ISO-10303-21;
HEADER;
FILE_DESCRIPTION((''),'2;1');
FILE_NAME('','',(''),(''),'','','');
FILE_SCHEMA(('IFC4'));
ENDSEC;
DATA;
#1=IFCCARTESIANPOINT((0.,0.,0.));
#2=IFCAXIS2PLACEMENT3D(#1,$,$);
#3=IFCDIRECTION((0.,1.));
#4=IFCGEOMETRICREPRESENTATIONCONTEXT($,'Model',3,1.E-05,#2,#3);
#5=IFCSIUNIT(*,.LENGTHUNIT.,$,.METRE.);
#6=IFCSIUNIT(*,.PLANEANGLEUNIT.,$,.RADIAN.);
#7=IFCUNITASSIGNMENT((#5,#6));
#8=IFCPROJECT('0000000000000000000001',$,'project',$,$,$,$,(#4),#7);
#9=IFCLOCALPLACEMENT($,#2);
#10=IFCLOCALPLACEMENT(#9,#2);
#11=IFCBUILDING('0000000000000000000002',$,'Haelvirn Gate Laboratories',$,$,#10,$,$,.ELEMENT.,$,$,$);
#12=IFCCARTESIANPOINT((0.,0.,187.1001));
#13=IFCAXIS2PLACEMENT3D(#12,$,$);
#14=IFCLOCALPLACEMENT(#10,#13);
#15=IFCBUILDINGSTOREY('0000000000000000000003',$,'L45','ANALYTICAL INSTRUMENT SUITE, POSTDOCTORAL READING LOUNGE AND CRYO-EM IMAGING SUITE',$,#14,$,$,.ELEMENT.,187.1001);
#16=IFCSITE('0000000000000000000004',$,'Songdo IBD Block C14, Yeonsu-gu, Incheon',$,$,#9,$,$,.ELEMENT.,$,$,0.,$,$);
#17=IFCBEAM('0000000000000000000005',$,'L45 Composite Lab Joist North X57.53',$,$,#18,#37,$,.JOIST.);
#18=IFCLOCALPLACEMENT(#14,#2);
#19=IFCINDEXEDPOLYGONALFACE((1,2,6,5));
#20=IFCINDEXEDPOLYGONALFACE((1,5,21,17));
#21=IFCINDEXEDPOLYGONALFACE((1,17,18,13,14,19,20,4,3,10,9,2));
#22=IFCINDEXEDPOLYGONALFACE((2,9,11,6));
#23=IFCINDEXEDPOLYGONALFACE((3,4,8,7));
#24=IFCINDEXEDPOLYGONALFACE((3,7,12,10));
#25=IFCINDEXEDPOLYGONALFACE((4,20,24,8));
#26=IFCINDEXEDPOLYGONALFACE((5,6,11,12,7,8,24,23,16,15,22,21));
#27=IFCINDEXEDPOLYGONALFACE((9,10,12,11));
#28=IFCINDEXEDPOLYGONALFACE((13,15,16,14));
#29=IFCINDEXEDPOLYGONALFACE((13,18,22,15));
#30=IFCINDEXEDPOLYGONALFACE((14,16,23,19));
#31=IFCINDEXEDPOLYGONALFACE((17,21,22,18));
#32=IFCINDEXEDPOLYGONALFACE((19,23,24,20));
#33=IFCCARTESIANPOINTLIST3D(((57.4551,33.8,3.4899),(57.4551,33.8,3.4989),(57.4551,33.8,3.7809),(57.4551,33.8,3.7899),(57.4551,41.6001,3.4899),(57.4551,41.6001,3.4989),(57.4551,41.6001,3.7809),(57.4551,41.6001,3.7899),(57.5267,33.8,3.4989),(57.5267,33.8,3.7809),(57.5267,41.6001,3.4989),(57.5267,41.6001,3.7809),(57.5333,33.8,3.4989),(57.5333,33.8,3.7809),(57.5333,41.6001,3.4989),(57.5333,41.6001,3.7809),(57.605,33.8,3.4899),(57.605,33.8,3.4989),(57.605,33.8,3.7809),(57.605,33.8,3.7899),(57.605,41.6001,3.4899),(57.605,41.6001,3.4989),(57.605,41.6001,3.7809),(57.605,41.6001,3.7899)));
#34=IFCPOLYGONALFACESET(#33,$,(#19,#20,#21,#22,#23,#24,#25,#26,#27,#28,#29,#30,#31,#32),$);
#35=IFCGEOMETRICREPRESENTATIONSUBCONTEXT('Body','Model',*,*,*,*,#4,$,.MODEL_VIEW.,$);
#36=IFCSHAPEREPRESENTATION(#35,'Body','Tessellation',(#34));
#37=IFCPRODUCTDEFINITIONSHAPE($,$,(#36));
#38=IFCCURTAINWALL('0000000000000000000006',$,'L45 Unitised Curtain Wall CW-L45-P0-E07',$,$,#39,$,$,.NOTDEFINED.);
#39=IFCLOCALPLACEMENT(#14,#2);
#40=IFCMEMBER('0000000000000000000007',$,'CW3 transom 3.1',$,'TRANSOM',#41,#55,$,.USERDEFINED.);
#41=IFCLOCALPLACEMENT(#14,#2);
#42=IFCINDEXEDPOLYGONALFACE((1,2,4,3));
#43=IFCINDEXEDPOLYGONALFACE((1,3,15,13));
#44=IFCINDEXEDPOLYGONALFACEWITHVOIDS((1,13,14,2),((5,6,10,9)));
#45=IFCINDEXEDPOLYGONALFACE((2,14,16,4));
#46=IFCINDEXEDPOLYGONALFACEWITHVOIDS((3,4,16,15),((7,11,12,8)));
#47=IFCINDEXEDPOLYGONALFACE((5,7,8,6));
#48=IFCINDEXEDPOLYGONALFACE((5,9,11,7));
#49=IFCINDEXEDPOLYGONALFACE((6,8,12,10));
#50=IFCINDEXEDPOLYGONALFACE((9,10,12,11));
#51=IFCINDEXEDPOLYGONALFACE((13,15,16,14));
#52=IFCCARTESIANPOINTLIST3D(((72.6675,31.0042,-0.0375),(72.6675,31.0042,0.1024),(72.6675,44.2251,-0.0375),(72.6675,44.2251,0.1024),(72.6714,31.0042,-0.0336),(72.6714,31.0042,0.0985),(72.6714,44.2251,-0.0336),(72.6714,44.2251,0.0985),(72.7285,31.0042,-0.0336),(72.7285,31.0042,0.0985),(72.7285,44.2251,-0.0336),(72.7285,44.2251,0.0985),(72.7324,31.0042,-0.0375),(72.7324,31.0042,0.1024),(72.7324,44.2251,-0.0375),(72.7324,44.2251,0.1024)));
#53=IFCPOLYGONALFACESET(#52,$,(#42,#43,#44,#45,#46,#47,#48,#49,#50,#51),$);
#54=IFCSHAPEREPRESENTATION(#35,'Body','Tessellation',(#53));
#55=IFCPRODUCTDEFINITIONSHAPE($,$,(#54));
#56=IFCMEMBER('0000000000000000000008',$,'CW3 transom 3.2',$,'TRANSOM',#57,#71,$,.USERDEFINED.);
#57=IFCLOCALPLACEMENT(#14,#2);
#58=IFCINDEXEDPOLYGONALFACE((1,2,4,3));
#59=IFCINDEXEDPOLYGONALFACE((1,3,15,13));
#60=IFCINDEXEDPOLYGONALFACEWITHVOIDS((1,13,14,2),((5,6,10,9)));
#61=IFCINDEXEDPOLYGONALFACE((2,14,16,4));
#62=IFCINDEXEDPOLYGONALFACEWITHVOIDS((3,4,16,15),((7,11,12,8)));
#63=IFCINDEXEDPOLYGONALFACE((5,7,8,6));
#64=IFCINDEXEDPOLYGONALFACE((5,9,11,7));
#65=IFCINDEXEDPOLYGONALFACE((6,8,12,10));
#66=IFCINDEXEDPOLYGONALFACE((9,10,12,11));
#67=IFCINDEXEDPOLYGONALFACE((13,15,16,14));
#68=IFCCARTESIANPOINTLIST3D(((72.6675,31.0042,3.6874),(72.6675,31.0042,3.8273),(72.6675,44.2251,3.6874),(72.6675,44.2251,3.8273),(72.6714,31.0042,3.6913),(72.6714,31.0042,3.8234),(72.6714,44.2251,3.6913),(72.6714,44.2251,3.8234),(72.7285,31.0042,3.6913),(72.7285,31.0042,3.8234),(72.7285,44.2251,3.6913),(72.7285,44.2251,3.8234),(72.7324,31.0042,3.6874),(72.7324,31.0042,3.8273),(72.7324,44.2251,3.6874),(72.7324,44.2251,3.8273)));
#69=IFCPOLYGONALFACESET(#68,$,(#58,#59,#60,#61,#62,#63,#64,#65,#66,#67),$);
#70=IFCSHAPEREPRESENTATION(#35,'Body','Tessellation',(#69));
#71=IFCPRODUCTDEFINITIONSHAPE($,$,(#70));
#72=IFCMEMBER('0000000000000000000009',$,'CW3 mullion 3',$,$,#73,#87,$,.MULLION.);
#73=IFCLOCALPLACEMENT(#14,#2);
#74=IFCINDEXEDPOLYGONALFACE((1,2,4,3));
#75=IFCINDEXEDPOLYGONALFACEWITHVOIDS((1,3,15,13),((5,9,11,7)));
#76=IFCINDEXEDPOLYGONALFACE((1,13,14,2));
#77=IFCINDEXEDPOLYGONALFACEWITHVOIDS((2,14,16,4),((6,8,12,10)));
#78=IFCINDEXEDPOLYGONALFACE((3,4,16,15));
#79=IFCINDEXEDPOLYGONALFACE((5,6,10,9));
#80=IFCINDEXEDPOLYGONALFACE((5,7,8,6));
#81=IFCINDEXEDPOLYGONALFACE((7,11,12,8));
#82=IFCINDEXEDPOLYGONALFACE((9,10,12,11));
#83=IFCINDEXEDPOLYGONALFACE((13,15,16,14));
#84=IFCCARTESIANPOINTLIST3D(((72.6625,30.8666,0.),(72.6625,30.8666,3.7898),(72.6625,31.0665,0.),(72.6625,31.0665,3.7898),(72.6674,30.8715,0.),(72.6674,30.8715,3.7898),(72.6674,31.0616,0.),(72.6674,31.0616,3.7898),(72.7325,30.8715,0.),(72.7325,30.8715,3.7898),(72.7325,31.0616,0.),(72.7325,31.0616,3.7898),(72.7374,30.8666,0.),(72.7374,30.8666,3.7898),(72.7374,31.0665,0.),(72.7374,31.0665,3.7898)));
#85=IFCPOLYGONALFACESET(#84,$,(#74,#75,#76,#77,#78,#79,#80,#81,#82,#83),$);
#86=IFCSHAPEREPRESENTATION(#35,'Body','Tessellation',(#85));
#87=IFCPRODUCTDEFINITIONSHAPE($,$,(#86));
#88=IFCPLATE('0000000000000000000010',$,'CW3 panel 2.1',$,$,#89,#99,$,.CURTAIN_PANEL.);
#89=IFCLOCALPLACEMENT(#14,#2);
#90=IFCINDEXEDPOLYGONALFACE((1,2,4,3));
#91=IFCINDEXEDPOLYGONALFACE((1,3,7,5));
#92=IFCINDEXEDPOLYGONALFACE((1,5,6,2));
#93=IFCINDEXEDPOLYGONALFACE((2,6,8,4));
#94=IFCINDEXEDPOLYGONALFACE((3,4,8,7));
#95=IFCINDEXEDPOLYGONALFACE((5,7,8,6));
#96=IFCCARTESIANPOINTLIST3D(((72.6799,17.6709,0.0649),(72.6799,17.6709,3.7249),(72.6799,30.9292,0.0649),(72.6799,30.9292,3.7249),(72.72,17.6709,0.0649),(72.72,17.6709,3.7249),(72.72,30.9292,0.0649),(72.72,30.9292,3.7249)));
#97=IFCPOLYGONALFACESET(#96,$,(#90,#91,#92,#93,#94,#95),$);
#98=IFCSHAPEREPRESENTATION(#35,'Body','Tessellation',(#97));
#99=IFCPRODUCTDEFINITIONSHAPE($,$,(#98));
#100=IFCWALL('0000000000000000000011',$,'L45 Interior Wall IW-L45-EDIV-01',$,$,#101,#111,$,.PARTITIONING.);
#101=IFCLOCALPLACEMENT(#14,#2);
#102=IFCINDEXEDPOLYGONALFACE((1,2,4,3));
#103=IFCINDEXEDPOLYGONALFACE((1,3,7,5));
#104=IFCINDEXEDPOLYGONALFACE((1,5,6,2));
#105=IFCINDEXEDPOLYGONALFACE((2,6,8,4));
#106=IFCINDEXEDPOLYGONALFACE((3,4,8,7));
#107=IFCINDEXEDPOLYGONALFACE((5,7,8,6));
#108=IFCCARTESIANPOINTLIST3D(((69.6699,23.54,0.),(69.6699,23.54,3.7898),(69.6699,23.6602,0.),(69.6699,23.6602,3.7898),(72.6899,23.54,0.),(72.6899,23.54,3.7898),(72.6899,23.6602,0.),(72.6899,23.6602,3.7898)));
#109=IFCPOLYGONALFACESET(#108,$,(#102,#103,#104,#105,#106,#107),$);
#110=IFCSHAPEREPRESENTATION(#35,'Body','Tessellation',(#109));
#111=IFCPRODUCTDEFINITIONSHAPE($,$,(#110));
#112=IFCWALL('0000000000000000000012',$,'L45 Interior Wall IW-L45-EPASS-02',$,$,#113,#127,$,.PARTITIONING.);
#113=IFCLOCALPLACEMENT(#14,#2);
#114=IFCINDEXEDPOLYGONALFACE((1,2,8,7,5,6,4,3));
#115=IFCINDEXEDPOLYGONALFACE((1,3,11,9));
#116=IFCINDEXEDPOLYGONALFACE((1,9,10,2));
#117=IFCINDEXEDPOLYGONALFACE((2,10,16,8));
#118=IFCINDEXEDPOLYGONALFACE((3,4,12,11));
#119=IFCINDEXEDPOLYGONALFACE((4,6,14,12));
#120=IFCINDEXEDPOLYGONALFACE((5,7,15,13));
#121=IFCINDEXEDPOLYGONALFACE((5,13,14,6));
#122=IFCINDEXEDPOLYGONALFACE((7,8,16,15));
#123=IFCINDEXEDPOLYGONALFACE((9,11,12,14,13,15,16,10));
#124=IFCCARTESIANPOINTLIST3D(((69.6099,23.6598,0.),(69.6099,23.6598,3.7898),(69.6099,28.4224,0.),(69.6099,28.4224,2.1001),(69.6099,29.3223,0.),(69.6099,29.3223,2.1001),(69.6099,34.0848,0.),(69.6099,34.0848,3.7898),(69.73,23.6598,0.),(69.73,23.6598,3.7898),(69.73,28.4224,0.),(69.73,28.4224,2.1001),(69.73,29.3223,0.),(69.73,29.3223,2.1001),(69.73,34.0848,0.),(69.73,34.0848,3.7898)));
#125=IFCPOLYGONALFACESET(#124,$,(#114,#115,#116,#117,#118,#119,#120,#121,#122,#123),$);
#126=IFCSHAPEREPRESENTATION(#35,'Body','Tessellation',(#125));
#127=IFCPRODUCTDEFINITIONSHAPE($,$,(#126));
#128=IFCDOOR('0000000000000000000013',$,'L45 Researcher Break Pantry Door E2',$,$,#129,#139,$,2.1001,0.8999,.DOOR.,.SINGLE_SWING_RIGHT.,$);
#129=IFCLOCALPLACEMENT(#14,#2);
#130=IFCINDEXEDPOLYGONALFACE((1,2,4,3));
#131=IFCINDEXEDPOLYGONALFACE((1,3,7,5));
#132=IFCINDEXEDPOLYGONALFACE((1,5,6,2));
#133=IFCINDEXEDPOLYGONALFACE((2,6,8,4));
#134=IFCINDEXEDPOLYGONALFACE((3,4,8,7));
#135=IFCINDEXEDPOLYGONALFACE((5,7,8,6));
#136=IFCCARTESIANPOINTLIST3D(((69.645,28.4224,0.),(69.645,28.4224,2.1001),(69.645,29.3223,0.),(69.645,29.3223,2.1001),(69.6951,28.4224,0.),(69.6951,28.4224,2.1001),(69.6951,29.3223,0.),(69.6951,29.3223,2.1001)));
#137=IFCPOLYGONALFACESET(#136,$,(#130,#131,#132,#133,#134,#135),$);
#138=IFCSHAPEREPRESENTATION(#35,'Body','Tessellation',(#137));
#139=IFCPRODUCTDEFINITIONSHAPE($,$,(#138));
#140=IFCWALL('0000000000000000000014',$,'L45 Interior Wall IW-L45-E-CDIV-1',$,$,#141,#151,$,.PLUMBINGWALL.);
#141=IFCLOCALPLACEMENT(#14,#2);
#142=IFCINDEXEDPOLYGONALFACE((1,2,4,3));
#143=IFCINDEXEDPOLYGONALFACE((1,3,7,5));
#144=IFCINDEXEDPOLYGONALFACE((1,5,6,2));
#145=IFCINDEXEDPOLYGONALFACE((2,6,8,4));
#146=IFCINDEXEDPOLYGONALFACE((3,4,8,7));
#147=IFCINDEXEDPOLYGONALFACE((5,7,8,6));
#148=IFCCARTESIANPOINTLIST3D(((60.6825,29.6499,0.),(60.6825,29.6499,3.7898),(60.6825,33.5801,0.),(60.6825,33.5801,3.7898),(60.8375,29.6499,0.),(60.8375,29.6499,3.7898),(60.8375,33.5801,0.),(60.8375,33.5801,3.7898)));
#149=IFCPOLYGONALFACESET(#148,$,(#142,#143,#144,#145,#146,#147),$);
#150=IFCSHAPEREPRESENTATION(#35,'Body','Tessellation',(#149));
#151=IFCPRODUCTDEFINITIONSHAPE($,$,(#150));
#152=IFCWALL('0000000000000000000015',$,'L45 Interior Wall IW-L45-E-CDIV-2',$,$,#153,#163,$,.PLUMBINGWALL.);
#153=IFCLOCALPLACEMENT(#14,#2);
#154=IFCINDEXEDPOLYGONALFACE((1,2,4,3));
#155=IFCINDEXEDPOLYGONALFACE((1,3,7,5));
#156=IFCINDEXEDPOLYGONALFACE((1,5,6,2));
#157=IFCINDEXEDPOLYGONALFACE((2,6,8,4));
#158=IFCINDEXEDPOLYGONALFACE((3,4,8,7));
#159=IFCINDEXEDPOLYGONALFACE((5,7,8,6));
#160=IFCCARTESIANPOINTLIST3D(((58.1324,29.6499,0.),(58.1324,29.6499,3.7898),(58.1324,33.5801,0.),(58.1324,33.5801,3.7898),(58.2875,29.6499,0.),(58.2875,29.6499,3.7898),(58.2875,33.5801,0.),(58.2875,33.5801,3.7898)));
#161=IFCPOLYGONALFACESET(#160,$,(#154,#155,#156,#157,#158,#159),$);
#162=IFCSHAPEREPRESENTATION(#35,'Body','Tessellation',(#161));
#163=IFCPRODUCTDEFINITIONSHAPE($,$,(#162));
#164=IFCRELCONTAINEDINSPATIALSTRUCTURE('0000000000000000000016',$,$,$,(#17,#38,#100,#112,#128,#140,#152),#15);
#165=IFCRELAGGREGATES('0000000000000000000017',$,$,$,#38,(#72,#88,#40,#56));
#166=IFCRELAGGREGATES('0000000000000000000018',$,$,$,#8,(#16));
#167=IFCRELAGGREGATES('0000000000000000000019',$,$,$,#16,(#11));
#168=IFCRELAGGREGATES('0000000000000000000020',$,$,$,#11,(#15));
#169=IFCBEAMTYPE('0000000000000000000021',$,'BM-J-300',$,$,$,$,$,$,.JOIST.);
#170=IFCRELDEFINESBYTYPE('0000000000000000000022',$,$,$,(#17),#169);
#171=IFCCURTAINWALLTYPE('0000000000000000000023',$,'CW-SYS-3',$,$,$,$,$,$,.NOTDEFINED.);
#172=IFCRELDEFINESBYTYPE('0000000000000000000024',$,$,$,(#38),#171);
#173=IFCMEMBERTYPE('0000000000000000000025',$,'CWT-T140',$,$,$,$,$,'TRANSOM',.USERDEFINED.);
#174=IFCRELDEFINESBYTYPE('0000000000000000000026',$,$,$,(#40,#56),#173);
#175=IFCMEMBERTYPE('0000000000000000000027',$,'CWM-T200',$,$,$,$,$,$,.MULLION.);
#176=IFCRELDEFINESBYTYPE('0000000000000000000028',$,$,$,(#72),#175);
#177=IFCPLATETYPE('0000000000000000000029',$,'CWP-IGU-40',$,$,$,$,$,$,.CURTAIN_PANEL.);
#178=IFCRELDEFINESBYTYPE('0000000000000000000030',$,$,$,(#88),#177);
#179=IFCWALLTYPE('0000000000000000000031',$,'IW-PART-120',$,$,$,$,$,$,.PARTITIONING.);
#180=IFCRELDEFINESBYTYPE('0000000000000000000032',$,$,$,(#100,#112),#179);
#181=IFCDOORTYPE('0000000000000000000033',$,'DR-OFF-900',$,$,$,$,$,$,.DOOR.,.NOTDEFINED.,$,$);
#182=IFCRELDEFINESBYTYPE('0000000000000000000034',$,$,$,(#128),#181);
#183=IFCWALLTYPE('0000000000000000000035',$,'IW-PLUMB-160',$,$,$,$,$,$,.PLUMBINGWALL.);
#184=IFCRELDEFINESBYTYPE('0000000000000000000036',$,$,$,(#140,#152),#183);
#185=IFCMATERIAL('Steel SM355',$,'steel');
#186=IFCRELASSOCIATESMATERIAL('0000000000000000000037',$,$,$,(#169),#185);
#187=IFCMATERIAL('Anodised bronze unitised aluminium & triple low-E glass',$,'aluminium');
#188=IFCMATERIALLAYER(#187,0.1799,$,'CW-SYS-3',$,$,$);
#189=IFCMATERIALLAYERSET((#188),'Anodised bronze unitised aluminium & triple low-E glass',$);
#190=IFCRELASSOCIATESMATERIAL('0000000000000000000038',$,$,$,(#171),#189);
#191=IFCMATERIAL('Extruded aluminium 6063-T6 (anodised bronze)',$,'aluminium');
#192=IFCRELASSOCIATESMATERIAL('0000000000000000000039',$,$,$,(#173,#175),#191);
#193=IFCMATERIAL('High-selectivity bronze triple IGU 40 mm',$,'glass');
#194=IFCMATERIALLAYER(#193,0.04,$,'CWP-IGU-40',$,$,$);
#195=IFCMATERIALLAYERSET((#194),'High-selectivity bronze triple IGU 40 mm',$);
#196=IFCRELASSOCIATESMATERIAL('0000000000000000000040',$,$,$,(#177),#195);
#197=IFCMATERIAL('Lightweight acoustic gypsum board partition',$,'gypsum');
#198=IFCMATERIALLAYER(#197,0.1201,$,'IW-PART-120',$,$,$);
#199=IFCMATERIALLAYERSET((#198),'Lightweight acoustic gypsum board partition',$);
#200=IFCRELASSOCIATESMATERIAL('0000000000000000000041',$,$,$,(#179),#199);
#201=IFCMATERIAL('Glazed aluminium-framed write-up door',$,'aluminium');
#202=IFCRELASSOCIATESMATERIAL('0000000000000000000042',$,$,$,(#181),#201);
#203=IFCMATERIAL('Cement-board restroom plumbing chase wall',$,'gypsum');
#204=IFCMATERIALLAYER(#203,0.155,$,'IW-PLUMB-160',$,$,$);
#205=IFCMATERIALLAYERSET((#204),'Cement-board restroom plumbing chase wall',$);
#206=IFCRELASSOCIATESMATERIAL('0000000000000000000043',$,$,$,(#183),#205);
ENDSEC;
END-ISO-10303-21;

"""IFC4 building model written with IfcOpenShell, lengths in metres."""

from ifc_helpers import new_model, si_unit, direction, frame, frame_2d, origin, origin_2d, place, context, subcontext, project, spatial, rectangle, hollow_rectangle, i_section, extrude, source, transform, mapped, material, layer, layer_set, material_profile, profile_set, type_object, type_shapes, element, fill, aggregate, save


model = new_model("IFC4")

# Units and contexts
model_context = context("Model", 3, precision=1e-05, world=origin(), true_north=direction((0.0, 1.0)))
body_context = subcontext(model_context, "Body", "Model", "MODEL_VIEW")
ifc_project = project(units=[si_unit("LENGTHUNIT", "METRE"), si_unit("PLANEANGLEUNIT", "RADIAN")], contexts=[model_context])

# Site, building, storey
site_placement = place(None, origin())
site = spatial("IfcSite", under=ifc_project, at=site_placement, Name="Songdo IBD Block C14, Yeonsu-gu, Incheon", CompositionType="ELEMENT", RefElevation=0.0)
building_placement = place(site_placement, origin())
building = spatial("IfcBuilding", under=site, at=building_placement, Name="Haelvirn Gate Laboratories", CompositionType="ELEMENT")
storey_placement = place(building_placement, frame((0.0, 0.0, 187.1001)))
storey = spatial("IfcBuildingStorey", under=building, at=storey_placement, Name="L45", Description="ANALYTICAL INSTRUMENT SUITE, POSTDOCTORAL READING LOUNGE AND CRYO-EM IMAGING SUITE", CompositionType="ELEMENT", Elevation=187.1001)

# Beam
ifc_material_1 = material(Name="Steel SM355", Category="steel")
ifc_material_profile_1 = material_profile(ifc_material_1, i_section(OverallWidth=0.1499, OverallDepth=0.3, WebThickness=0.0066, FlangeThickness=0.009, at=origin_2d()), Name="H-300x150x6.5x9")
ifc_profile_set_1 = profile_set([ifc_material_profile_1], Name="Steel SM355")
beam_type = type_object("IfcBeamType", Name="BM-J-300", PredefinedType="JOIST", material=ifc_profile_set_1)
shared_shape_1 = source(origin(), body_context, "Body", "SweptSolid", [
    extrude(i_section(OverallWidth=0.1499, OverallDepth=0.3, WebThickness=0.0066, FlangeThickness=0.009, at=origin_2d()), origin(), (0.0, 0.0, 1.0), 7.8),
])
type_shapes(beam_type, [shared_shape_1])
beam_placement = place(storey_placement, frame((57.53, 33.8, 3.6399), z_axis=(0.0, 1.0, 0.0), x_axis=(-1.0, 0.0, 0.0)))
element("IfcBeam", 1, at=beam_placement, inside=storey, type_object=beam_type, Name="L45 Composite Lab Joist North X57.53", PredefinedType="JOIST", context=body_context, shape_type="MappedRepresentation", body=[
    mapped(shared_shape_1, transform((0.0, 0.0, 0.0), scale=1.0)),
])

# Curtain wall, members, plate
ifc_material_2 = material(Name="Anodised bronze unitised aluminium & triple low-E glass", Category="aluminium")
ifc_layer_1 = layer(ifc_material_2, 0.1799, Name="CW-SYS-3")
ifc_layer_set_1 = layer_set([ifc_layer_1], Name="Anodised bronze unitised aluminium & triple low-E glass")
curtain_wall_type = type_object("IfcCurtainWallType", Name="CW-SYS-3", PredefinedType="NOTDEFINED", material=ifc_layer_set_1)
curtain_wall_placement = place(storey_placement, origin())
curtain_wall = element("IfcCurtainWall", 2, at=curtain_wall_placement, inside=storey, type_object=curtain_wall_type, Name="L45 Unitised Curtain Wall CW-L45-P0-E07", PredefinedType="NOTDEFINED")
ifc_material_3 = material(Name="Extruded aluminium 6063-T6 (anodised bronze)", Category="aluminium")
ifc_material_profile_2 = material_profile(ifc_material_3, hollow_rectangle(XDim=0.0649, YDim=0.1399, WallThickness=0.0039, at=origin_2d()), Name="CWT-140x65x4")
ifc_profile_set_2 = profile_set([ifc_material_profile_2], Name="Extruded aluminium 6063-T6 (anodised bronze)")
member_type_1 = type_object("IfcMemberType", Name="CWT-T140", ElementType="TRANSOM", PredefinedType="USERDEFINED", material=ifc_profile_set_2)
shared_shape_2 = source(origin(), body_context, "Body", "SweptSolid", [
    extrude(hollow_rectangle(XDim=0.0649, YDim=0.1399, WallThickness=0.0039, at=origin_2d()), origin(), (0.0, 0.0, 1.0), 13.2209),
])
type_shapes(member_type_1, [shared_shape_2])
member_1_placement = place(storey_placement, frame((72.7, 31.0042, 0.0325), z_axis=(0.0, 1.0, 0.0), x_axis=(-1.0, 0.0, 0.0)))
member_1 = element("IfcMember", 3, at=member_1_placement, type_object=member_type_1, Name="CW3 transom 3.1", ObjectType="TRANSOM", PredefinedType="USERDEFINED", context=body_context, shape_type="MappedRepresentation", body=[
    mapped(shared_shape_2, transform((0.0, 0.0, 0.0), scale=1.0)),
])
member_2_placement = place(storey_placement, frame((72.7, 31.0042, 3.7573), z_axis=(0.0, 1.0, 0.0), x_axis=(-1.0, 0.0, 0.0)))
member_2 = element("IfcMember", 4, at=member_2_placement, type_object=member_type_1, Name="CW3 transom 3.2", ObjectType="TRANSOM", PredefinedType="USERDEFINED", context=body_context, shape_type="MappedRepresentation", body=[
    mapped(shared_shape_2, transform((0.0, 0.0, 0.0), scale=1.0)),
])
ifc_material_profile_3 = material_profile(ifc_material_3, hollow_rectangle(XDim=0.075, YDim=0.2, WallThickness=0.0049, at=origin_2d()), Name="CWM-200x75x5")
ifc_profile_set_3 = profile_set([ifc_material_profile_3], Name="Extruded aluminium 6063-T6 (anodised bronze)")
member_type_2 = type_object("IfcMemberType", Name="CWM-T200", PredefinedType="MULLION", material=ifc_profile_set_3)
shared_shape_3 = source(origin(), body_context, "Body", "SweptSolid", [
    extrude(hollow_rectangle(XDim=0.075, YDim=0.2, WallThickness=0.0049, at=origin_2d()), origin(), (0.0, 0.0, 1.0), 3.7898),
])
type_shapes(member_type_2, [shared_shape_3])
member_3_placement = place(storey_placement, frame((72.7, 30.9666, 0.0), z_axis=(0.0, 0.0, 1.0), x_axis=(-1.0, 0.0, 0.0)))
member_3 = element("IfcMember", 5, at=member_3_placement, type_object=member_type_2, Name="CW3 mullion 3", PredefinedType="MULLION", context=body_context, shape_type="MappedRepresentation", body=[
    mapped(shared_shape_3, transform((0.0, 0.0, 0.0), scale=1.0)),
])
ifc_material_4 = material(Name="High-selectivity bronze triple IGU 40 mm", Category="glass")
ifc_layer_2 = layer(ifc_material_4, 0.04, Name="CWP-IGU-40")
ifc_layer_set_2 = layer_set([ifc_layer_2], Name="High-selectivity bronze triple IGU 40 mm")
plate_type = type_object("IfcPlateType", Name="CWP-IGU-40", PredefinedType="CURTAIN_PANEL", material=ifc_layer_set_2)
shared_shape_4 = source(origin(), body_context, "Body", "SweptSolid", [
    extrude(rectangle(XDim=13.2583, YDim=0.04, at=origin_2d()), origin(), (0.0, 0.0, 1.0), 3.6599),
])
type_shapes(plate_type, [shared_shape_4])
plate_placement = place(storey_placement, frame((72.7, 24.3, 0.0649), z_axis=(0.0, 0.0, 1.0), x_axis=(0.0, 1.0, 0.0)))
plate = element("IfcPlate", 6, at=plate_placement, type_object=plate_type, Name="CW3 panel 2.1", PredefinedType="CURTAIN_PANEL", context=body_context, shape_type="MappedRepresentation", body=[
    mapped(shared_shape_4, transform((0.0, 0.0, 0.0), scale=1.0)),
])
aggregate(curtain_wall, [member_3, plate, member_1, member_2])

# Wall
ifc_material_5 = material(Name="Lightweight acoustic gypsum board partition", Category="gypsum")
ifc_layer_3 = layer(ifc_material_5, 0.1201, Name="IW-PART-120")
ifc_layer_set_3 = layer_set([ifc_layer_3], Name="Lightweight acoustic gypsum board partition")
wall_type_1 = type_object("IfcWallType", Name="IW-PART-120", PredefinedType="PARTITIONING", material=ifc_layer_set_3)
wall_1_placement = place(storey_placement, frame((69.6699, 23.6001, 0.0), z_axis=(0.0, 0.0, 1.0), x_axis=(1.0, 0.0, 0.0)))
element("IfcWall", 7, at=wall_1_placement, inside=storey, type_object=wall_type_1, Name="L45 Interior Wall IW-L45-EDIV-01", PredefinedType="PARTITIONING", context=body_context, shape_type="SweptSolid", body=[
    extrude(rectangle(XDim=3.02, YDim=0.1201, at=frame_2d((1.51, 0.0))), origin(), (0.0, 0.0, 1.0), 3.7898),
])

# Wall, opening, door
wall_2_placement = place(storey_placement, frame((69.6699, 23.6599, 0.0), z_axis=(0.0, 0.0, 1.0), x_axis=(0.0, 1.0, 0.0)))
wall_2 = element("IfcWall", 8, at=wall_2_placement, inside=storey, type_object=wall_type_1, Name="L45 Interior Wall IW-L45-EPASS-02", PredefinedType="PARTITIONING", context=body_context, shape_type="SweptSolid", body=[
    extrude(rectangle(XDim=10.425, YDim=0.1201, at=frame_2d((5.2124, 0.0))), origin(), (0.0, 0.0, 1.0), 3.7898),
])
opening_1_placement = place(wall_2_placement, frame((4.7625, 0.0, 0.0)))
opening_1 = element("IfcOpeningElement", 9, at=opening_1_placement, cuts=wall_2, PredefinedType="OPENING", context=body_context, shape_type="SweptSolid", body=[
    extrude(rectangle(XDim=0.8999, YDim=2.1001, at=frame_2d((0.45, 1.05))), frame((0.0, 0.0701, 0.0), z_axis=(0.0, -1.0, 0.0), x_axis=(1.0, 0.0, 0.0)), (0.0, 0.0, 1.0), 0.1401),
])
ifc_material_6 = material(Name="Glazed aluminium-framed write-up door", Category="aluminium")
door_type_1 = type_object("IfcDoorType", Name="DR-OFF-900", OperationType="NOTDEFINED", PredefinedType="DOOR", material=ifc_material_6)
shared_shape_5 = source(origin(), body_context, "Body", "SweptSolid", [
    extrude(rectangle(XDim=0.8999, YDim=2.1001, at=frame_2d((0.45, 1.05))), frame((0.0, 0.0249, 0.0), z_axis=(0.0, -1.0, 0.0), x_axis=(1.0, 0.0, 0.0)), (0.0, 0.0, 1.0), 0.05),
])
type_shapes(door_type_1, [shared_shape_5])
door_1_placement = place(opening_1_placement, origin())
door_1 = element("IfcDoor", 10, at=door_1_placement, inside=storey, type_object=door_type_1, Name="L45 Researcher Break Pantry Door E2", OperationType="SINGLE_SWING_RIGHT", OverallHeight=2.1001, OverallWidth=0.8999, PredefinedType="DOOR", context=body_context, shape_type="MappedRepresentation", body=[
    mapped(shared_shape_5, transform((0.0, 0.0, 0.0), scale=1.0)),
])
fill(opening_1, door_1)

# Walls
ifc_material_7 = material(Name="Cement-board restroom plumbing chase wall", Category="gypsum")
ifc_layer_4 = layer(ifc_material_7, 0.155, Name="IW-PLUMB-160")
ifc_layer_set_4 = layer_set([ifc_layer_4], Name="Cement-board restroom plumbing chase wall")
wall_type_2 = type_object("IfcWallType", Name="IW-PLUMB-160", PredefinedType="PLUMBINGWALL", material=ifc_layer_set_4)
for number, where, z_axis, x_axis, name in (
    (11, (60.76, 29.6499, 0.0), (0.0, 0.0, 1.0), (0.0, 1.0, 0.0), "L45 Interior Wall IW-L45-E-CDIV-1"),
    (12, (58.21, 29.6499, 0.0), (0.0, 0.0, 1.0), (0.0, 1.0, 0.0), "L45 Interior Wall IW-L45-E-CDIV-2"),
):
    element("IfcWall", number, at=place(storey_placement, frame(where, z_axis=z_axis, x_axis=x_axis)), inside=storey, type_object=wall_type_2, Name=name, PredefinedType="PLUMBINGWALL", context=body_context, shape_type="SweptSolid", body=[
        extrude(rectangle(XDim=3.9302, YDim=0.155, at=frame_2d((1.9651, 0.0))), origin(), (0.0, 0.0, 1.0), 3.7898),
    ])

save(model, "model.ifc")
